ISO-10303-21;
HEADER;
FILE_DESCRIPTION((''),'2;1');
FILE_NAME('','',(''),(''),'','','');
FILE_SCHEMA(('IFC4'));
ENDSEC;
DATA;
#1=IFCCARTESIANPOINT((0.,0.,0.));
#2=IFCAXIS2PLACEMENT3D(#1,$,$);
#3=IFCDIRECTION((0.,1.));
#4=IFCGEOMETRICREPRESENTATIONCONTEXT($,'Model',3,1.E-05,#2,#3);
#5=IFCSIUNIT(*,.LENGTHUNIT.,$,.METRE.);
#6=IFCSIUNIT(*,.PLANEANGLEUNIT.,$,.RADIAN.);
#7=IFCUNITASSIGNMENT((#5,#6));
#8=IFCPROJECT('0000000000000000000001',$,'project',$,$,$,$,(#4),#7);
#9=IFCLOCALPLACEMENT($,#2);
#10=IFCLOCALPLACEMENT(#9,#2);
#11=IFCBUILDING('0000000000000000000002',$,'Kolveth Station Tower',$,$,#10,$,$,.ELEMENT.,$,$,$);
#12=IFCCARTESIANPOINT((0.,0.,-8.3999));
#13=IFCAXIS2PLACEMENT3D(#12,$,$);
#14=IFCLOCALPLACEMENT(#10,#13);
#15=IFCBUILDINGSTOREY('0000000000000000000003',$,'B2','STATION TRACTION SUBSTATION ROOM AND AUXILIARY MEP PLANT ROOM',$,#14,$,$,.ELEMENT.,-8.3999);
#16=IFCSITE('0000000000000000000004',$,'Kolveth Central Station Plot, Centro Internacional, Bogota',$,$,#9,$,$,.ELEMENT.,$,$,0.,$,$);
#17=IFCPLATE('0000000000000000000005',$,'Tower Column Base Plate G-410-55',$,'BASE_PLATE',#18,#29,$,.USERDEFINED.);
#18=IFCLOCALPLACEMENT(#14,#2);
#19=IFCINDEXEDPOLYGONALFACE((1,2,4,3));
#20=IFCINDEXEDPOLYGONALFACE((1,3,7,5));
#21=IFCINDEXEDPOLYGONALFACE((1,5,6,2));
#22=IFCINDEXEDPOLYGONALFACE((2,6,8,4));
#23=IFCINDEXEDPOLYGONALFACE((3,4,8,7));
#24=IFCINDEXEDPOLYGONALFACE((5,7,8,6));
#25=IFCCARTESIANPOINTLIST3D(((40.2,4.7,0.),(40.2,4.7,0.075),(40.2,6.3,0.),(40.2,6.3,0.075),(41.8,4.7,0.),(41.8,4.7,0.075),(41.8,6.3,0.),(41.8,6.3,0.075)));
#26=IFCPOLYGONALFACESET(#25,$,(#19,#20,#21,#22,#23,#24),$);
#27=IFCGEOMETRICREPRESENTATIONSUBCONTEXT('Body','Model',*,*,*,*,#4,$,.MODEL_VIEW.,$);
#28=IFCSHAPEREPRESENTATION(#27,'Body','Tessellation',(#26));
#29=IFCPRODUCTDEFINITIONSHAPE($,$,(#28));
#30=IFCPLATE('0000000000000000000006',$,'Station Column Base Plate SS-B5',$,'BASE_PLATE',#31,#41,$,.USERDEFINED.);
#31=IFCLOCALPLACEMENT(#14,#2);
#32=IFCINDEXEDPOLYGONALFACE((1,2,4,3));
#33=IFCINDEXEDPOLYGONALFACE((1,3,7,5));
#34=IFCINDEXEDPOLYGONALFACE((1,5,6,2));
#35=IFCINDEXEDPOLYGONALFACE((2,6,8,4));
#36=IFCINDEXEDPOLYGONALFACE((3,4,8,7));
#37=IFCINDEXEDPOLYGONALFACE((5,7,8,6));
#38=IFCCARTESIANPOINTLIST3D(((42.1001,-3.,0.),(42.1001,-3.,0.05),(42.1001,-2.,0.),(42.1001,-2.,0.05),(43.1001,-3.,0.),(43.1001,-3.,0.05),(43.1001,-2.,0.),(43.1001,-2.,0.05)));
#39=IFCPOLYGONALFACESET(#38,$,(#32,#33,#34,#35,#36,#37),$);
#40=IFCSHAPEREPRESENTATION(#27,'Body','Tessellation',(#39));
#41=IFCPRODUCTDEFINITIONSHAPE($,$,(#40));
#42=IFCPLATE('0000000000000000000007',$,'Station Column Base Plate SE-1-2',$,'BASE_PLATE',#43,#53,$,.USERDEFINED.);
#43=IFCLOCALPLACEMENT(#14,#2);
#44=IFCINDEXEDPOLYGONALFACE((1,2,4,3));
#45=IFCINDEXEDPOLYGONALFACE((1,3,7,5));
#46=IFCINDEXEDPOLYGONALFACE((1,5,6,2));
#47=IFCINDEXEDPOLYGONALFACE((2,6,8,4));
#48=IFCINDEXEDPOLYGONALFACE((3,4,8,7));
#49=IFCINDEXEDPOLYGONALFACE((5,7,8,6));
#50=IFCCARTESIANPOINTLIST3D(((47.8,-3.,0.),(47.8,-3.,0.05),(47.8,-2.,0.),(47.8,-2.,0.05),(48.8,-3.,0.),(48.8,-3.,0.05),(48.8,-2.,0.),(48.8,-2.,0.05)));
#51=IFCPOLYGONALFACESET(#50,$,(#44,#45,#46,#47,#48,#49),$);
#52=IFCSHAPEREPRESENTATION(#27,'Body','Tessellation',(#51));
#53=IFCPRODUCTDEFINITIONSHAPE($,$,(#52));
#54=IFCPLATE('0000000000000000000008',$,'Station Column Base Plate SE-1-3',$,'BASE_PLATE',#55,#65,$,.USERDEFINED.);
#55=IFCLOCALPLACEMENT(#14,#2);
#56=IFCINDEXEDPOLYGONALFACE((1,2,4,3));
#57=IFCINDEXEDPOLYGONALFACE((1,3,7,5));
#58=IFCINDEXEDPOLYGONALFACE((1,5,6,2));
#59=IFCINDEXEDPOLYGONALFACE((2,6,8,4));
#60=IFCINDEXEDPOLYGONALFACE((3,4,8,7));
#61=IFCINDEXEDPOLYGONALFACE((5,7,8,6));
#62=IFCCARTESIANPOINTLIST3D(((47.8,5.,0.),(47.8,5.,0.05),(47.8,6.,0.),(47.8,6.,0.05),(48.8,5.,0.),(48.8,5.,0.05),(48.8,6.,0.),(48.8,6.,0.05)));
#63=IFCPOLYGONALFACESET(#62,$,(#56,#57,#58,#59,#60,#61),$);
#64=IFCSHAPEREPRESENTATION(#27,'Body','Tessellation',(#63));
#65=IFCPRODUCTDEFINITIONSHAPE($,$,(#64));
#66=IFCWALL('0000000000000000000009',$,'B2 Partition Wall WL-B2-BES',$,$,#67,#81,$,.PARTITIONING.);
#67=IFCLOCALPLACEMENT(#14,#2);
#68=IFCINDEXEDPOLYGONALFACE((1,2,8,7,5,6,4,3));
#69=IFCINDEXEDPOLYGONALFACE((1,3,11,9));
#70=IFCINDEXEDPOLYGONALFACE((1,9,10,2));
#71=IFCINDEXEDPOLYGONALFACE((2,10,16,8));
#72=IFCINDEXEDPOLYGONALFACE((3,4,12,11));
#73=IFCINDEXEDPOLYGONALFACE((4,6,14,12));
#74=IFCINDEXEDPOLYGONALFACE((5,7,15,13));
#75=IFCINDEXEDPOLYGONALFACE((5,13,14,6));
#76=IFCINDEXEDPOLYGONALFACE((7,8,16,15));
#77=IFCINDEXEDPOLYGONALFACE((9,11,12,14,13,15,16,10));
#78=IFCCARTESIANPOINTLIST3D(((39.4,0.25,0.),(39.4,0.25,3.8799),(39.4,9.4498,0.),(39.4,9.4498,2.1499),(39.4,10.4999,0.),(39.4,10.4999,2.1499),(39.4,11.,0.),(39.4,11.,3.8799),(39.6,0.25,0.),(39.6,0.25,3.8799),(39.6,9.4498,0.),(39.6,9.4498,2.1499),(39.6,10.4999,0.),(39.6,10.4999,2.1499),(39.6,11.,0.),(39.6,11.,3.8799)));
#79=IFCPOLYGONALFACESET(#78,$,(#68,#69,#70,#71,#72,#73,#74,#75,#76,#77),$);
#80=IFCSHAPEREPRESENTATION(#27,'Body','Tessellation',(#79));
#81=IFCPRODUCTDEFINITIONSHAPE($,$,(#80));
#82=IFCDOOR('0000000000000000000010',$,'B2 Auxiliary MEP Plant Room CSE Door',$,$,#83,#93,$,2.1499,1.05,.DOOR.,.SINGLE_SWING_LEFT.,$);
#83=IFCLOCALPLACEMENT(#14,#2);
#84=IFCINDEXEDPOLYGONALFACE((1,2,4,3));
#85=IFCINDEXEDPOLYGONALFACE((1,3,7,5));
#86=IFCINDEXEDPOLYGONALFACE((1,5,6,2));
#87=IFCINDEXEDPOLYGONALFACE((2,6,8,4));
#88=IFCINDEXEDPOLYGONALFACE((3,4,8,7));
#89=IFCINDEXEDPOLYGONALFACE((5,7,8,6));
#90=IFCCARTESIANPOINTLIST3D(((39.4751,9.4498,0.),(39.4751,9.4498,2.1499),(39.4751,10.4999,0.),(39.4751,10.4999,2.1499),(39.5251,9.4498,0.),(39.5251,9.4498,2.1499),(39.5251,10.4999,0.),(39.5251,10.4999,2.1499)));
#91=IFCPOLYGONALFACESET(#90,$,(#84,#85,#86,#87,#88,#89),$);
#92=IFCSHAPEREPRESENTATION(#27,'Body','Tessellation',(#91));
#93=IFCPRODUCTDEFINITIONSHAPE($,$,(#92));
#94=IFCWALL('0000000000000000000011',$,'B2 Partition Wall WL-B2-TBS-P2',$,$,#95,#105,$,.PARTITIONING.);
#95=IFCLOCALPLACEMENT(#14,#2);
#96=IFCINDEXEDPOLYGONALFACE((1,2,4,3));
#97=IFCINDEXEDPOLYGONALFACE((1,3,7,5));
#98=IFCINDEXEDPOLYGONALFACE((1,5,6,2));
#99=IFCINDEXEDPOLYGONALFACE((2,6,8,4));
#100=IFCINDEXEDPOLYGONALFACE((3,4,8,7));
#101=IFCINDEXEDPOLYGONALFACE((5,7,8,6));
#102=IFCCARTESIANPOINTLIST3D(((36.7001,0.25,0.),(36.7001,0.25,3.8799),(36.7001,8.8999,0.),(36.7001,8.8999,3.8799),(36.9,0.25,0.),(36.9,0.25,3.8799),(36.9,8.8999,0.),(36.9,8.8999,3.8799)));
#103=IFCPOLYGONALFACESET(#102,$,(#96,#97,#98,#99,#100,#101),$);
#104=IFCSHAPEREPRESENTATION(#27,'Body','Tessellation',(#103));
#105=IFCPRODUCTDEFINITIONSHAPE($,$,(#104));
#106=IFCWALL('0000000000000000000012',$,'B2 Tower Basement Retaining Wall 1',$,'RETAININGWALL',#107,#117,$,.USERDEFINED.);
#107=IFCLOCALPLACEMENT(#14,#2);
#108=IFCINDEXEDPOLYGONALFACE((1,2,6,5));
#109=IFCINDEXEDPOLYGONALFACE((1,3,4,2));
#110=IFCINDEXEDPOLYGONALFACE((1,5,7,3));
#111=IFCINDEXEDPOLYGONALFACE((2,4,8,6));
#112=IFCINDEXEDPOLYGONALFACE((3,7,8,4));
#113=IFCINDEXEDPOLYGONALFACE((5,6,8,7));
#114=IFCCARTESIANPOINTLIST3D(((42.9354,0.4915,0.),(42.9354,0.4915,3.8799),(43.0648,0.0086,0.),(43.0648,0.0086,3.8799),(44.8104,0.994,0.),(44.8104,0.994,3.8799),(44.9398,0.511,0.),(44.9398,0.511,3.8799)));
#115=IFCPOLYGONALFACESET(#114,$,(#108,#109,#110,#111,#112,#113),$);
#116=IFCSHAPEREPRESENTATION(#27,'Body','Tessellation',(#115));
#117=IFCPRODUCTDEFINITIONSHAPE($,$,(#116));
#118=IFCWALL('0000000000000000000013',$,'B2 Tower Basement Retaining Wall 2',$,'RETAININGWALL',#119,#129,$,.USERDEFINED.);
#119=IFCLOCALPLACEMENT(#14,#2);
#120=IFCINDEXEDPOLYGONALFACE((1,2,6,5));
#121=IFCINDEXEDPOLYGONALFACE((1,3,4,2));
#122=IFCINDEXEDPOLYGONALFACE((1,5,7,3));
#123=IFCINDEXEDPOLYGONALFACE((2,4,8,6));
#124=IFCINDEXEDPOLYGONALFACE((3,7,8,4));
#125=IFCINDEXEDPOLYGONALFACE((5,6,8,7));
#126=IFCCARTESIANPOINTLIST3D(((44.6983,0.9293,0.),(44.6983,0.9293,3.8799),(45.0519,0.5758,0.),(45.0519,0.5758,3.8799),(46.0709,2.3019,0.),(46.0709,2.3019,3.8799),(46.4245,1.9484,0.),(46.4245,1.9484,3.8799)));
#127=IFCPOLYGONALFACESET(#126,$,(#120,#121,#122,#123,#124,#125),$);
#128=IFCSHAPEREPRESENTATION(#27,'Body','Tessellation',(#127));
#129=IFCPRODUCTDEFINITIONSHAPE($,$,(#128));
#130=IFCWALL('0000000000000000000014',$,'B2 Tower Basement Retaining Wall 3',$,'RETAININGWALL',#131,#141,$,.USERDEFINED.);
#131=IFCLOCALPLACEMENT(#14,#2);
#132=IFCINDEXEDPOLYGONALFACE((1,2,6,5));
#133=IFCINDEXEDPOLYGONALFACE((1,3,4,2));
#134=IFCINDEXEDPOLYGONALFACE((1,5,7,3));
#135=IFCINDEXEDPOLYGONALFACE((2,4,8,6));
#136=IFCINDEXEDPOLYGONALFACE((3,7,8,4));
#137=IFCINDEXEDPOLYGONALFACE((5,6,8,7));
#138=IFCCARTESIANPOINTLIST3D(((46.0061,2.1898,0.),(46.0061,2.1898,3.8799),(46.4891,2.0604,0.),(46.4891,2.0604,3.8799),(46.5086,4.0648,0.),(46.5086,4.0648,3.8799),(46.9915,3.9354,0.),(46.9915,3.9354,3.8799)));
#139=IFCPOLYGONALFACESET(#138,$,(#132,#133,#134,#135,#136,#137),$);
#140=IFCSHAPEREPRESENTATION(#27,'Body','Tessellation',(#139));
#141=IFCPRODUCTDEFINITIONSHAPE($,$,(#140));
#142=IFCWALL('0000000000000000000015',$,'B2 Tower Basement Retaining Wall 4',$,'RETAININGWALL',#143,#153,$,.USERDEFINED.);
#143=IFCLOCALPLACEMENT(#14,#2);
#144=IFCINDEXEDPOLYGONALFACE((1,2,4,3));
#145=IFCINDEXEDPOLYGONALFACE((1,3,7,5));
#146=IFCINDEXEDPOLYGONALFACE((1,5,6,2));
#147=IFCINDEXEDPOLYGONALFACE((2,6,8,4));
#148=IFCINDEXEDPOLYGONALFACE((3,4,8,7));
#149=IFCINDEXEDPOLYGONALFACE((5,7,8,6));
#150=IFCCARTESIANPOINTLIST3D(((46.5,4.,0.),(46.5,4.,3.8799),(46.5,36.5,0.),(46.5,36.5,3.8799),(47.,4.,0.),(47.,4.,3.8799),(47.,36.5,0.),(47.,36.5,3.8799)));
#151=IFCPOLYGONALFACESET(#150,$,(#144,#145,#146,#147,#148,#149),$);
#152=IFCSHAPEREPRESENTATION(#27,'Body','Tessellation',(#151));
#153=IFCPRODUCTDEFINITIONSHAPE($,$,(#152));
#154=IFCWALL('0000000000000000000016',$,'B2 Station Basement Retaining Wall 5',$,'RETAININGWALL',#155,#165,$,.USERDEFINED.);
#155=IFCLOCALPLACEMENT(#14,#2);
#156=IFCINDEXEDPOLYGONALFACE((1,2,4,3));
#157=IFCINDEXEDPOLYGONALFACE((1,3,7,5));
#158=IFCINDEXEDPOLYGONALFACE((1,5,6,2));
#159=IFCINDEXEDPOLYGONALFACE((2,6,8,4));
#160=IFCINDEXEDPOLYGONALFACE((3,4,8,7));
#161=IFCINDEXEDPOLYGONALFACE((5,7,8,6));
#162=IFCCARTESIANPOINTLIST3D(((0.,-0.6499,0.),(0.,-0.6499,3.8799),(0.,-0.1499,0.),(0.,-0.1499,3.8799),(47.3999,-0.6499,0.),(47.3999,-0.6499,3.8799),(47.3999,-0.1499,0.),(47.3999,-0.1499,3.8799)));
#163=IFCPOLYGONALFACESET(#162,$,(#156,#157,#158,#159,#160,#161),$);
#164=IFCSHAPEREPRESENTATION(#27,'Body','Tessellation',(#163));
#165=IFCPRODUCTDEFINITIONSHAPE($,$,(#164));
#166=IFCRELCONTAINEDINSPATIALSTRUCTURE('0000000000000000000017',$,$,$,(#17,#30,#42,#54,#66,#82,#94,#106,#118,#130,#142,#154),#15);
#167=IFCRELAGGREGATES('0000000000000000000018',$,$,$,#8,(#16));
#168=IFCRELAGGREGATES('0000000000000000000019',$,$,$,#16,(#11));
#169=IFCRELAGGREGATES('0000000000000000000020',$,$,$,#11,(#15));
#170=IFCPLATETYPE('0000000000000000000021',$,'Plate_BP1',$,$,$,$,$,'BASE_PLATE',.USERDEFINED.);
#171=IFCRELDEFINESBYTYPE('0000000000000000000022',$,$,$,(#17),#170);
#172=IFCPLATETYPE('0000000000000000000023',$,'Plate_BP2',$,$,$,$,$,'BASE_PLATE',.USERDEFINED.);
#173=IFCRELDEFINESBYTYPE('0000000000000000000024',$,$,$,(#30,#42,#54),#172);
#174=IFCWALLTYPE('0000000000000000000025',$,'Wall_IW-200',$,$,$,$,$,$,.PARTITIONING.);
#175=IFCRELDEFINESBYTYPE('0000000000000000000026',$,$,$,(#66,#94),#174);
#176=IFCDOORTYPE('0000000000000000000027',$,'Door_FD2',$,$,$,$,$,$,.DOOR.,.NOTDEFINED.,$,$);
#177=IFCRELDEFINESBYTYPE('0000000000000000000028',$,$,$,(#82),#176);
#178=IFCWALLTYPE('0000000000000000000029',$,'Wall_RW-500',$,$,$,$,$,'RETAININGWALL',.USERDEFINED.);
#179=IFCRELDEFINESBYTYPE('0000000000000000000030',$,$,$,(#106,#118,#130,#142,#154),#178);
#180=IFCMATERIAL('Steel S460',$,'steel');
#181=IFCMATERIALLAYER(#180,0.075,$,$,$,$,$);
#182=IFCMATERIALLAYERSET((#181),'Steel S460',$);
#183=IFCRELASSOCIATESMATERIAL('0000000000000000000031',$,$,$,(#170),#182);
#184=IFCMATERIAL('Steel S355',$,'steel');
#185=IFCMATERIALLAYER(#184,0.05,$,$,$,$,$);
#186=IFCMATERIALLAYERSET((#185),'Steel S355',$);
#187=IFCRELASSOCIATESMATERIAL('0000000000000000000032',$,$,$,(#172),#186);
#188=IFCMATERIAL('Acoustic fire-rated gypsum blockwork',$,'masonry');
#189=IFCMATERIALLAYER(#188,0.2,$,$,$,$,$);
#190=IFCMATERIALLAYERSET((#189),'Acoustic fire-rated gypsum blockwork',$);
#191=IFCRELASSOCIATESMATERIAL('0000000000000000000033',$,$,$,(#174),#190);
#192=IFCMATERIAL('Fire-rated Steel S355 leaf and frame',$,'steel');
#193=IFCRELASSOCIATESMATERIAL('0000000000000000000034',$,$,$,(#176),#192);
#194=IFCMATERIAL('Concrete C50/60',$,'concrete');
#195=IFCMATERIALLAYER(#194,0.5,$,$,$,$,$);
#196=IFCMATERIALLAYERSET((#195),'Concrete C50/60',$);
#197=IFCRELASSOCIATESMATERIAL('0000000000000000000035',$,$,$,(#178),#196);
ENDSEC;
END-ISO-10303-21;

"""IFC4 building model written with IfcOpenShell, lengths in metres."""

from ifc_helpers import new_model, si_unit, direction, frame, frame_2d, origin, origin_2d, place, context, subcontext, project, spatial, rectangle, extrude, source, transform, mapped, material, layer, layer_set, type_object, element, fill, save


model = new_model("IFC4")

# Units and contexts
model_context = context("Model", 3, precision=1e-05, world=origin(), true_north=direction((0.0, 1.0)))
body_context = subcontext(model_context, "Body", "Model", "MODEL_VIEW")
ifc_project = project(units=[si_unit("LENGTHUNIT", "METRE"), si_unit("PLANEANGLEUNIT", "RADIAN")], contexts=[model_context])

# Site, building, storey
site_placement = place(None, origin())
site = spatial("IfcSite", under=ifc_project, at=site_placement, Name="Kolveth Central Station Plot, Centro Internacional, Bogota", CompositionType="ELEMENT", RefElevation=0.0)
building_placement = place(site_placement, origin())
building = spatial("IfcBuilding", under=site, at=building_placement, Name="Kolveth Station Tower", CompositionType="ELEMENT")
storey_placement = place(building_placement, frame((0.0, 0.0, -8.3999)))
storey = spatial("IfcBuildingStorey", under=building, at=storey_placement, Name="B2", Description="STATION TRACTION SUBSTATION ROOM AND AUXILIARY MEP PLANT ROOM", CompositionType="ELEMENT", Elevation=-8.3999)

# Shared definitions
ifc_material_1 = material(Name="Concrete C50/60", Category="concrete")

# Shared definitions
ifc_material_2 = material(Name="Steel S460", Category="steel")
ifc_material_3 = material(Name="Steel S355", Category="steel")

# Plates
ifc_layer_1 = layer(ifc_material_2, 0.075)
ifc_layer_set_1 = layer_set([ifc_layer_1], Name="Steel S460")
plate_type_1 = type_object("IfcPlateType", Name="Plate_BP1", ElementType="BASE_PLATE", PredefinedType="USERDEFINED", material=ifc_layer_set_1)
shared_shape_1 = source(origin(), body_context, "Body", "SweptSolid", [
    extrude(rectangle(XDim=1.6001, YDim=1.6001, at=origin_2d()), origin(), (0.0, 0.0, 1.0), 0.075),
])
for number, where, z_axis, x_axis, name in (
    (1, (41.0, 5.5, 0.0), (0.0, 0.0, 1.0), (1.0, 0.0, 0.0), "Tower Column Base Plate G-410-55"),
):
    element("IfcPlate", number, at=place(storey_placement, frame(where, z_axis=z_axis, x_axis=x_axis)), inside=storey, type_object=plate_type_1, Name=name, ObjectType="BASE_PLATE", PredefinedType="USERDEFINED", context=body_context, shape_type="MappedRepresentation", body=[
        mapped(shared_shape_1, transform((0.0, 0.0, 0.0), x_axis=(1.0, 0.0, 0.0), y_axis=(0.0, 1.0, 0.0), z_axis=(0.0, 0.0, 1.0), scale=1.0)),
    ])
ifc_layer_2 = layer(ifc_material_3, 0.05)
ifc_layer_set_2 = layer_set([ifc_layer_2], Name="Steel S355")
plate_type_2 = type_object("IfcPlateType", Name="Plate_BP2", ElementType="BASE_PLATE", PredefinedType="USERDEFINED", material=ifc_layer_set_2)
shared_shape_2 = source(origin(), body_context, "Body", "SweptSolid", [
    extrude(rectangle(XDim=1.0, YDim=1.0, at=origin_2d()), origin(), (0.0, 0.0, 1.0), 0.05),
])
for number, where, z_axis, x_axis, name in (
    (2, (42.6001, -2.5, 0.0), (0.0, 0.0, 1.0), (1.0, 0.0, 0.0), "Station Column Base Plate SS-B5"),
    (3, (48.3, -2.5, 0.0), (0.0, 0.0, 1.0), (1.0, 0.0, 0.0), "Station Column Base Plate SE-1-2"),
    (4, (48.3, 5.5, 0.0), (0.0, 0.0, 1.0), (1.0, 0.0, 0.0), "Station Column Base Plate SE-1-3"),
):
    element("IfcPlate", number, at=place(storey_placement, frame(where, z_axis=z_axis, x_axis=x_axis)), inside=storey, type_object=plate_type_2, Name=name, ObjectType="BASE_PLATE", PredefinedType="USERDEFINED", context=body_context, shape_type="MappedRepresentation", body=[
        mapped(shared_shape_2, transform((0.0, 0.0, 0.0), x_axis=(1.0, 0.0, 0.0), y_axis=(0.0, 1.0, 0.0), z_axis=(0.0, 0.0, 1.0), scale=1.0)),
    ])

# Wall, opening, door
ifc_material_4 = material(Name="Acoustic fire-rated gypsum blockwork", Category="masonry")
ifc_layer_3 = layer(ifc_material_4, 0.2)
ifc_layer_set_3 = layer_set([ifc_layer_3], Name="Acoustic fire-rated gypsum blockwork")
wall_type_1 = type_object("IfcWallType", Name="Wall_IW-200", PredefinedType="PARTITIONING", material=ifc_layer_set_3)
wall_1_placement = place(storey_placement, frame((39.5, 0.25, 0.0), z_axis=(0.0, 0.0, 1.0), x_axis=(0.0, 1.0, 0.0)))
wall_1 = element("IfcWall", 5, at=wall_1_placement, inside=storey, type_object=wall_type_1, Name="B2 Partition Wall WL-B2-BES", PredefinedType="PARTITIONING", context=body_context, shape_type="SweptSolid", body=[
    extrude(rectangle(XDim=10.75, YDim=0.2, at=frame_2d((5.375, 0.0))), origin(), (0.0, 0.0, 1.0), 3.8799),
])
opening_placement = place(wall_1_placement, frame((9.2, 0.0, 0.0)))
opening = element("IfcOpeningElement", 6, at=opening_placement, cuts=wall_1, PredefinedType="OPENING", context=body_context, shape_type="SweptSolid", body=[
    extrude(rectangle(XDim=1.05, YDim=2.1499, at=frame_2d((0.5249, 1.075))), frame((0.0, 0.1099, 0.0), z_axis=(0.0, -1.0, 0.0), x_axis=(1.0, 0.0, 0.0)), (0.0, 0.0, 1.0), 0.22),
])
ifc_material_5 = material(Name="Fire-rated Steel S355 leaf and frame", Category="steel")
door_type = type_object("IfcDoorType", Name="Door_FD2", OperationType="NOTDEFINED", PredefinedType="DOOR", material=ifc_material_5)
door_placement = place(opening_placement, origin())
door = element("IfcDoor", 7, at=door_placement, inside=storey, type_object=door_type, Name="B2 Auxiliary MEP Plant Room CSE Door", OperationType="SINGLE_SWING_LEFT", OverallHeight=2.1499, OverallWidth=1.05, PredefinedType="DOOR", context=body_context, shape_type="SweptSolid", body=[
    extrude(rectangle(XDim=1.05, YDim=2.1499, at=frame_2d((0.5249, 1.075))), frame((0.0, 0.0249, 0.0), z_axis=(0.0, -1.0, 0.0), x_axis=(1.0, 0.0, 0.0)), (0.0, 0.0, 1.0), 0.05),
])
fill(opening, door)

# Walls
wall_2_placement = place(storey_placement, frame((36.8, 0.25, 0.0), z_axis=(0.0, 0.0, 1.0), x_axis=(0.0, 1.0, 0.0)))
element("IfcWall", 8, at=wall_2_placement, inside=storey, type_object=wall_type_1, Name="B2 Partition Wall WL-B2-TBS-P2", PredefinedType="PARTITIONING", context=body_context, shape_type="SweptSolid", body=[
    extrude(rectangle(XDim=8.6499, YDim=0.2, at=frame_2d((4.325, 0.0))), origin(), (0.0, 0.0, 1.0), 3.8799),
])
ifc_layer_4 = layer(ifc_material_1, 0.5)
ifc_layer_set_4 = layer_set([ifc_layer_4], Name="Concrete C50/60")
wall_type_2 = type_object("IfcWallType", Name="Wall_RW-500", ElementType="RETAININGWALL", PredefinedType="USERDEFINED", material=ifc_layer_set_4)
for number, where, z_axis, x_axis, name in (
    (9, (43.0, 0.25, 0.0), (0.0, 0.0, 1.0), (0.965921, 0.258837, 0.0), "B2 Tower Basement Retaining Wall 1"),
    (10, (44.875, 0.7524, 0.0), (0.0, 0.0, 1.0), (0.707107, 0.707107, 0.0), "B2 Tower Basement Retaining Wall 2"),
    (11, (46.2476, 2.125, 0.0), (0.0, 0.0, 1.0), (0.258837, 0.965921, 0.0), "B2 Tower Basement Retaining Wall 3"),
):
    element("IfcWall", number, at=place(storey_placement, frame(where, z_axis=z_axis, x_axis=x_axis)), inside=storey, type_object=wall_type_2, Name=name, ObjectType="RETAININGWALL", PredefinedType="USERDEFINED", context=body_context, shape_type="SweptSolid", body=[
        extrude(rectangle(XDim=1.9412, YDim=0.5, at=frame_2d((0.9707, 0.0))), origin(), (0.0, 0.0, 1.0), 3.8799),
    ])
wall_3_placement = place(storey_placement, frame((46.75, 4.0, 0.0), z_axis=(0.0, 0.0, 1.0), x_axis=(0.0, 1.0, 0.0)))
element("IfcWall", 12, at=wall_3_placement, inside=storey, type_object=wall_type_2, Name="B2 Tower Basement Retaining Wall 4", ObjectType="RETAININGWALL", PredefinedType="USERDEFINED", context=body_context, shape_type="SweptSolid", body=[
    extrude(rectangle(XDim=32.5, YDim=0.5, at=frame_2d((16.25, 0.0))), origin(), (0.0, 0.0, 1.0), 3.8799),
])
wall_4_placement = place(storey_placement, frame((47.3999, -0.3999, 0.0), z_axis=(0.0, 0.0, 1.0), x_axis=(-1.0, 0.0, 0.0)))
element("IfcWall", 13, at=wall_4_placement, inside=storey, type_object=wall_type_2, Name="B2 Station Basement Retaining Wall 5", ObjectType="RETAININGWALL", PredefinedType="USERDEFINED", context=body_context, shape_type="SweptSolid", body=[
    extrude(rectangle(XDim=47.3999, YDim=0.5, at=frame_2d((23.7, 0.0))), origin(), (0.0, 0.0, 1.0), 3.8799),
])

save(model, "model.ifc")
